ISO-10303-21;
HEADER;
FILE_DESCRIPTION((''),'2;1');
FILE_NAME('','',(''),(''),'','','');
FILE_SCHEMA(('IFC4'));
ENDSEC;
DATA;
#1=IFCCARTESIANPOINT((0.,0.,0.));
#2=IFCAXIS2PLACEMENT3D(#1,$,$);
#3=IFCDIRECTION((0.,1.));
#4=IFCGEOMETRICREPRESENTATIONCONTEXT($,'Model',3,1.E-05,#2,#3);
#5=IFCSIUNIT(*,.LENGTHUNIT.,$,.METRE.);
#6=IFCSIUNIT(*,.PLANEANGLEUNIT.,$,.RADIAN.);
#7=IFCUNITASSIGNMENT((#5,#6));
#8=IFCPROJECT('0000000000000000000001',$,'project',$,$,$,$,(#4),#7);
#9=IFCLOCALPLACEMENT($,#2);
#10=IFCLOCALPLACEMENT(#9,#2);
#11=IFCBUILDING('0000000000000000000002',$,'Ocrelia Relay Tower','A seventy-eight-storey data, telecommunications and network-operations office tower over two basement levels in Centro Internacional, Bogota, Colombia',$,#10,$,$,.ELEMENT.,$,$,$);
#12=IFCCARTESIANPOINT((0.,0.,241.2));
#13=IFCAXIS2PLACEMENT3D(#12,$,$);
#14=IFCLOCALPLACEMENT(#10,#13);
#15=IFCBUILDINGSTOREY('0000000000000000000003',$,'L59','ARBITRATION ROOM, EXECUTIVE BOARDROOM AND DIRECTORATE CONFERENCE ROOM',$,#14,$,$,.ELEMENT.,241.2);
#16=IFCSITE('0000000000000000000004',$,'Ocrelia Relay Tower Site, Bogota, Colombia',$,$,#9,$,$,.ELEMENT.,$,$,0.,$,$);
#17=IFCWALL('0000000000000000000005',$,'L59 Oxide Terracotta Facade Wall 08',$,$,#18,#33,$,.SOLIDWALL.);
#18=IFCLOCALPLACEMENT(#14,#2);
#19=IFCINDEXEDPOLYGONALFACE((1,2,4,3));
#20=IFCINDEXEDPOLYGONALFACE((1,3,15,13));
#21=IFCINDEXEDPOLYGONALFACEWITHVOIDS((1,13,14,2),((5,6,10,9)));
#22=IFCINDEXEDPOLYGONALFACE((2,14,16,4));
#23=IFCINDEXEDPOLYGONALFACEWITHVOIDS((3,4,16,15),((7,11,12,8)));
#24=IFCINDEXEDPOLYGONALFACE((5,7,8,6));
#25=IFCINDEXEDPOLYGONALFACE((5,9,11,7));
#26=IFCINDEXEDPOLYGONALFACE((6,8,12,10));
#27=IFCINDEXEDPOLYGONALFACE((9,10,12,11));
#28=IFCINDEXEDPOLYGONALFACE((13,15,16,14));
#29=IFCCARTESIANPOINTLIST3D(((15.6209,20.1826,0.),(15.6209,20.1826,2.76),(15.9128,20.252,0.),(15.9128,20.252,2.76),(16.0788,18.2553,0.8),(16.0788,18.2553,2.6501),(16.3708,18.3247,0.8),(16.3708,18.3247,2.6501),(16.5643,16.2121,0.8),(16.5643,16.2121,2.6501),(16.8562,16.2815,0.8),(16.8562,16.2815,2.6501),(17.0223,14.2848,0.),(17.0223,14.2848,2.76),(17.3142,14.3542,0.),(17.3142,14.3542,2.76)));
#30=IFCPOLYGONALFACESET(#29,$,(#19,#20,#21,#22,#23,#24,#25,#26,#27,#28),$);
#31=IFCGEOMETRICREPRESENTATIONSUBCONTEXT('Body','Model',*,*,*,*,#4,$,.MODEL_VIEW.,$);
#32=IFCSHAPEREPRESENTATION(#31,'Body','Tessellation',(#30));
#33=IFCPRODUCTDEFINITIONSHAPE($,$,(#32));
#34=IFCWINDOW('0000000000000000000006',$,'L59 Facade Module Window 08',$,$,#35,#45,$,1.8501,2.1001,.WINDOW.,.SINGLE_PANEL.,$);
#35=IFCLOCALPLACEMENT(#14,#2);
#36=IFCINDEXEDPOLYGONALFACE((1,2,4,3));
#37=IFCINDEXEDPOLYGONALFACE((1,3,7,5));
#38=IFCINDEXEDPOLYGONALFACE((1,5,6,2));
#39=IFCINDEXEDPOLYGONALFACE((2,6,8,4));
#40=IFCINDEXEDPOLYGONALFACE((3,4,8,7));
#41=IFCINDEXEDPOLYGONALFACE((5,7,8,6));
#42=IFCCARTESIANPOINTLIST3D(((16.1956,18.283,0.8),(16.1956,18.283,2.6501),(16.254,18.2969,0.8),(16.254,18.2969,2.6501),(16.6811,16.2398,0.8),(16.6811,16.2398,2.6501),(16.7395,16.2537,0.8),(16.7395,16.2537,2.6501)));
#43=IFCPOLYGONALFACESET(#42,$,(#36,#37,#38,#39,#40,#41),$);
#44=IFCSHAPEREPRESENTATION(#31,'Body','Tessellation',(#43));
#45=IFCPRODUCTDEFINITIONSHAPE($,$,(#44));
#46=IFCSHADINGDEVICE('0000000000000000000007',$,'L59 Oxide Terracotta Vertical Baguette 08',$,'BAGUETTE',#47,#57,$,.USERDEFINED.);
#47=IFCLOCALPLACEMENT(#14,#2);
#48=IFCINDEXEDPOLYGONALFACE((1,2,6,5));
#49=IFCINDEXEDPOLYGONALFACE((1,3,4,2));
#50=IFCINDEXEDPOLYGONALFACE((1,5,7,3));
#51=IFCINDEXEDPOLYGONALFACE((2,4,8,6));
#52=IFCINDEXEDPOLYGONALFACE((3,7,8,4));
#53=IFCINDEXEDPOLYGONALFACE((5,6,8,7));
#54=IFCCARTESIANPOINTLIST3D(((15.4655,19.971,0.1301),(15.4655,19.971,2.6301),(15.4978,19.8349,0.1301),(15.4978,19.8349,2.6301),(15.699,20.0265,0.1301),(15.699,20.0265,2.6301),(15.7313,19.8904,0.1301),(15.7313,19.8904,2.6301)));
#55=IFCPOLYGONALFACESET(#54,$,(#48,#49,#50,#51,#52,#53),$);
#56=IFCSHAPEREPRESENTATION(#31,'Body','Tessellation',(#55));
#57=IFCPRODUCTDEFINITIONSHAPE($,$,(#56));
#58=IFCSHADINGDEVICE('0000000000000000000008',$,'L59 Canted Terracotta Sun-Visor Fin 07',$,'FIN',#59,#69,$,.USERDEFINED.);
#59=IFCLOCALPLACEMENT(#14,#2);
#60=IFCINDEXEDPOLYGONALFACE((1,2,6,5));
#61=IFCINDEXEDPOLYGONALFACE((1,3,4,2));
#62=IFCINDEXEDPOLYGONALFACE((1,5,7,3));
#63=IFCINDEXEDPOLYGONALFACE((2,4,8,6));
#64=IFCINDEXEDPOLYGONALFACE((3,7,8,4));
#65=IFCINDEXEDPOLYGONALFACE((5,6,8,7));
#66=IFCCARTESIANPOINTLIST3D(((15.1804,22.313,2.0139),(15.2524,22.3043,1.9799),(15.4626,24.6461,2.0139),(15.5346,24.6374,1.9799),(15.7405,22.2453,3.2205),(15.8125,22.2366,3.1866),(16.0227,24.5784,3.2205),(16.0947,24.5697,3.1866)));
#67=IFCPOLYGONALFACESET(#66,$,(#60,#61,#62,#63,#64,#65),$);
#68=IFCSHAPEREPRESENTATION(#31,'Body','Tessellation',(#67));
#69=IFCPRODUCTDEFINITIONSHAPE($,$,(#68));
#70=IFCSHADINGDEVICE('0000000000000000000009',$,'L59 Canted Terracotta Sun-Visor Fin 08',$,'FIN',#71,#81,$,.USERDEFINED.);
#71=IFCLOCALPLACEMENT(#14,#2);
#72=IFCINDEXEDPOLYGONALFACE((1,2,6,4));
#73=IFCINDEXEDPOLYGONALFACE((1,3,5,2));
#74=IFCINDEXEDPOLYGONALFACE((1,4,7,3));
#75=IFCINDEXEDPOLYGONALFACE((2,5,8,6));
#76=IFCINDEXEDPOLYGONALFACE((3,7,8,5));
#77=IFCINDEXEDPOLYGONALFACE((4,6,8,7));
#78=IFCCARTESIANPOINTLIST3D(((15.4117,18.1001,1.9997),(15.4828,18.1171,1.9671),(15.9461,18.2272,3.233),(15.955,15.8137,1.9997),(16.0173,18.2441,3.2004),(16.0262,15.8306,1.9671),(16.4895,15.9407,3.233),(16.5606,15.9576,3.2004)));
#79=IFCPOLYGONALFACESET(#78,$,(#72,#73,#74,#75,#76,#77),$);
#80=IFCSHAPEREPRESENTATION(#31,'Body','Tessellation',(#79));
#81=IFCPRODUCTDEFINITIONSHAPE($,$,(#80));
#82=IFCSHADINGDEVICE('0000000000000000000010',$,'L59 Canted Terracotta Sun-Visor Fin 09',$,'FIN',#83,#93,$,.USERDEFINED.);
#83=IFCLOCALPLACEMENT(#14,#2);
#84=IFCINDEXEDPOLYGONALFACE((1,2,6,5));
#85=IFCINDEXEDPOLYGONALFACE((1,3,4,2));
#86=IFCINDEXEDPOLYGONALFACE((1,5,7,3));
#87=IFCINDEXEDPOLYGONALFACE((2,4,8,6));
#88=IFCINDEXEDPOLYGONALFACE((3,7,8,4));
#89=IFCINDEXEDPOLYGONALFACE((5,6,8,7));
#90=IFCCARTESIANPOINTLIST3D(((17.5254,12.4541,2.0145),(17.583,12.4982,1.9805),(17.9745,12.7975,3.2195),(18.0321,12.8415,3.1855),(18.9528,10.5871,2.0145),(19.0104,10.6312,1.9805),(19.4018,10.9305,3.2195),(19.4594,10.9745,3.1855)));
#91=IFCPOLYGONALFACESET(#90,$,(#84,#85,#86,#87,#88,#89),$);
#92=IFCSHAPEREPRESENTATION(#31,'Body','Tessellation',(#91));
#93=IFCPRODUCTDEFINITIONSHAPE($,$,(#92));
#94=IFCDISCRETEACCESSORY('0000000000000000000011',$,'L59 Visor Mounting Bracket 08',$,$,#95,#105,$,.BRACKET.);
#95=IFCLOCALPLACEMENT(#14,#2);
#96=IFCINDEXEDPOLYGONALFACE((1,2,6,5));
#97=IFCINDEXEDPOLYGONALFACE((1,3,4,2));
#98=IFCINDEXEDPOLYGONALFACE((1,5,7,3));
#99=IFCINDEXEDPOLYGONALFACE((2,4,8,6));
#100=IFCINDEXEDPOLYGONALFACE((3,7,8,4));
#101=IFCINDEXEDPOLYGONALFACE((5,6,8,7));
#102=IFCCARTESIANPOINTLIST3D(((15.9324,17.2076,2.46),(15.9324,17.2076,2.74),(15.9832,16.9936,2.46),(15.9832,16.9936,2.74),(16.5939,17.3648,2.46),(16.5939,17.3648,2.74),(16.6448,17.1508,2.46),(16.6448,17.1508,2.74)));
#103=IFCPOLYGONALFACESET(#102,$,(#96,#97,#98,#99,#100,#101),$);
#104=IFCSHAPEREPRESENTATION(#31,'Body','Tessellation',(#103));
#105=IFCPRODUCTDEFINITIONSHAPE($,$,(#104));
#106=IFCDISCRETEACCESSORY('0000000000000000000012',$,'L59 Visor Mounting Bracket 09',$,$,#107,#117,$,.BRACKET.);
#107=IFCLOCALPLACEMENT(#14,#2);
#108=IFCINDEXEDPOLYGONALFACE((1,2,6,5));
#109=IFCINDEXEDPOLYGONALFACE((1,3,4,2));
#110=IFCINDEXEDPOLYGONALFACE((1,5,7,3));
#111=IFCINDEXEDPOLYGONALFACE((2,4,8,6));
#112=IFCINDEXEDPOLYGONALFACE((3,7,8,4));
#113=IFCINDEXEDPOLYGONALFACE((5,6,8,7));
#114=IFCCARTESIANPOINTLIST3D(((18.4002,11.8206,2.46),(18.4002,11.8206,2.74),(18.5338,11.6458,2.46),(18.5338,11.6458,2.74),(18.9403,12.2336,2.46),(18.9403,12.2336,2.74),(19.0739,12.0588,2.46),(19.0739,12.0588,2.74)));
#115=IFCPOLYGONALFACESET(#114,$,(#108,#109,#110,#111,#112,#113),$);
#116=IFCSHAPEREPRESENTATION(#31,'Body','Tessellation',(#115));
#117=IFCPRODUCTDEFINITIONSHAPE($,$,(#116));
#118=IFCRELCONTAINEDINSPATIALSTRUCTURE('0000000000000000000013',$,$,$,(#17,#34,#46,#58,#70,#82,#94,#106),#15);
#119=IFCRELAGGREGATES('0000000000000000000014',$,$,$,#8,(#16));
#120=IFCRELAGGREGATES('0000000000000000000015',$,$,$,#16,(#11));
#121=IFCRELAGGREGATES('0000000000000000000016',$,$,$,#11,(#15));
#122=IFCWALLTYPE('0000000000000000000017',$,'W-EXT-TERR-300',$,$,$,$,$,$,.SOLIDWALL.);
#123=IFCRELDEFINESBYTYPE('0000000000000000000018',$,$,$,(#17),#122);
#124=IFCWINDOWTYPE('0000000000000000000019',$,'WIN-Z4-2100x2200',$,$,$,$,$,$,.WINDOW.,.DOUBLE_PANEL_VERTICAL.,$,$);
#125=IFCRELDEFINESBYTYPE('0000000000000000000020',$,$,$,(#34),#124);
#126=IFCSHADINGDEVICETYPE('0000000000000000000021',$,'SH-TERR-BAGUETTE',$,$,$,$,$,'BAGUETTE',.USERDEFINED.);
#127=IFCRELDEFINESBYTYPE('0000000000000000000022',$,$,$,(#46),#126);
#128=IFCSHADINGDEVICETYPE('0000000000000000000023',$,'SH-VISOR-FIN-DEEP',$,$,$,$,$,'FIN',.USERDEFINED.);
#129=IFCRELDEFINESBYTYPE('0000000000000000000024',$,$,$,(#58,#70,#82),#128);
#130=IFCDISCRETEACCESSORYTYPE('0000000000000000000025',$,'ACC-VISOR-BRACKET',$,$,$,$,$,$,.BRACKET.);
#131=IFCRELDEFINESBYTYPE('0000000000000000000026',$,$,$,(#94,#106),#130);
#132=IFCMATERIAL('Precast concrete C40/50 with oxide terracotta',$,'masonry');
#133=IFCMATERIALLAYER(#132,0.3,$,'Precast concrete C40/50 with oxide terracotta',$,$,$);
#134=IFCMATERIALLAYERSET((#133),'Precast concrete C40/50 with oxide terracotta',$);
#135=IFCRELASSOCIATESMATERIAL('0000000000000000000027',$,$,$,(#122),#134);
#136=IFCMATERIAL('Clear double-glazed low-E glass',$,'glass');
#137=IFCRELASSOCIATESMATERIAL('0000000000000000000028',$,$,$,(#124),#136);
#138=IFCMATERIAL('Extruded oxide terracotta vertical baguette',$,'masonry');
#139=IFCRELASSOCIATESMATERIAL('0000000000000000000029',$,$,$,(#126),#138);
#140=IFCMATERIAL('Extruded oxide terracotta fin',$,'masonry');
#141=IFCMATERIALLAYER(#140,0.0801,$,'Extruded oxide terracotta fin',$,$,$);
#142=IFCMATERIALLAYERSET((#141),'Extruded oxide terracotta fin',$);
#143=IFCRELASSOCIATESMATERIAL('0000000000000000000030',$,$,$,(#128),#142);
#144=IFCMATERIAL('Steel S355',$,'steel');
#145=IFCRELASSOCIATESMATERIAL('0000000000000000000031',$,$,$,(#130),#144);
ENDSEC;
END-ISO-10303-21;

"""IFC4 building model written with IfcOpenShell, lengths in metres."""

from ifc_helpers import new_model, si_unit, direction, frame, frame_2d, origin, origin_2d, place, context, subcontext, project, spatial, rectangle, extrude, material, layer, layer_set, type_object, element, fill, save


model = new_model("IFC4")

# Units and contexts
model_context = context("Model", 3, precision=1e-05, world=origin(), true_north=direction((0.0, 1.0)))
body_context = subcontext(model_context, "Body", "Model", "MODEL_VIEW")
ifc_project = project(units=[si_unit("LENGTHUNIT", "METRE"), si_unit("PLANEANGLEUNIT", "RADIAN")], contexts=[model_context])

# Site, building, storey
site_placement = place(None, origin())
site = spatial("IfcSite", under=ifc_project, at=site_placement, Name="Ocrelia Relay Tower Site, Bogota, Colombia", CompositionType="ELEMENT", RefElevation=0.0)
building_placement = place(site_placement, origin())
building = spatial("IfcBuilding", under=site, at=building_placement, Name="Ocrelia Relay Tower", Description="A seventy-eight-storey data, telecommunications and network-operations office tower over two basement levels in Centro Internacional, Bogota, Colombia", CompositionType="ELEMENT")
storey_placement = place(building_placement, frame((0.0, 0.0, 241.2)))
storey = spatial("IfcBuildingStorey", under=building, at=storey_placement, Name="L59", Description="ARBITRATION ROOM, EXECUTIVE BOARDROOM AND DIRECTORATE CONFERENCE ROOM", CompositionType="ELEMENT", Elevation=241.2)

# Shared definitions
ifc_material_1 = material(Name="Steel S355", Category="steel")

# Shared definitions
ifc_material_2 = material(Name="Clear double-glazed low-E glass", Category="glass")

# Wall, opening, window
ifc_material_3 = material(Name="Precast concrete C40/50 with oxide terracotta", Category="masonry")
ifc_layer_1 = layer(ifc_material_3, 0.3, Name="Precast concrete C40/50 with oxide terracotta")
ifc_layer_set_1 = layer_set([ifc_layer_1], Name="Precast concrete C40/50 with oxide terracotta")
wall_type = type_object("IfcWallType", Name="W-EXT-TERR-300", PredefinedType="SOLIDWALL", material=ifc_layer_set_1)
wall_placement = place(storey_placement, frame((15.7668, 20.2173, 0.0), z_axis=(0.0, 0.0, 1.0), x_axis=(0.231176, -0.972912, 0.0)))
wall = element("IfcWall", 1, at=wall_placement, inside=storey, type_object=wall_type, Name="L59 Oxide Terracotta Facade Wall 08", PredefinedType="SOLIDWALL", context=body_context, shape_type="SweptSolid", body=[
    extrude(rectangle(XDim=6.062, YDim=0.3, at=frame_2d((3.031, 0.0))), origin(), (0.0, 0.0, 1.0), 2.76),
])
opening_placement = place(wall_placement, frame((1.981, 0.0, 0.8)))
opening = element("IfcOpeningElement", 2, at=opening_placement, cuts=wall, PredefinedType="OPENING", context=body_context, shape_type="SweptSolid", body=[
    extrude(rectangle(XDim=2.1001, YDim=1.8501, at=frame_2d((1.05, 0.925))), frame((0.0, 0.1602, 0.0), z_axis=(0.0, -1.0, 0.0), x_axis=(1.0, 0.0, 0.0)), (0.0, 0.0, 1.0), 0.3201),
])
window_type = type_object("IfcWindowType", Name="WIN-Z4-2100x2200", PartitioningType="DOUBLE_PANEL_VERTICAL", PredefinedType="WINDOW", material=ifc_material_2)
window_placement = place(opening_placement, origin())
window = element("IfcWindow", 3, at=window_placement, inside=storey, type_object=window_type, Name="L59 Facade Module Window 08", OverallHeight=1.8501, OverallWidth=2.1001, PartitioningType="SINGLE_PANEL", PredefinedType="WINDOW", context=body_context, shape_type="SweptSolid", body=[
    extrude(rectangle(XDim=2.1001, YDim=1.8501, at=frame_2d((1.05, 0.925))), frame((0.0, 0.03, 0.0), z_axis=(0.0, -1.0, 0.0), x_axis=(1.0, 0.0, 0.0)), (0.0, 0.0, 1.0), 0.0601),
])
fill(opening, window)

# Shading devices
ifc_material_4 = material(Name="Extruded oxide terracotta vertical baguette", Category="masonry")
shading_device_type_1 = type_object("IfcShadingDeviceType", Name="SH-TERR-BAGUETTE", ElementType="BAGUETTE", PredefinedType="USERDEFINED", material=ifc_material_4)
shading_device_1_placement = place(storey_placement, frame((15.5984, 19.9307, 0.1301), z_axis=(0.0, 0.0, 1.0), x_axis=(0.2312, -0.972906, 0.0)))
element("IfcShadingDevice", 4, at=shading_device_1_placement, inside=storey, type_object=shading_device_type_1, Name="L59 Oxide Terracotta Vertical Baguette 08", ObjectType="BAGUETTE", PredefinedType="USERDEFINED", context=body_context, shape_type="SweptSolid", body=[
    extrude(rectangle(XDim=0.1399, YDim=0.24, at=origin_2d()), origin(), (0.0, 0.0, 1.0), 2.5),
])
ifc_material_5 = material(Name="Extruded oxide terracotta fin", Category="masonry")
ifc_layer_2 = layer(ifc_material_5, 0.0801, Name="Extruded oxide terracotta fin")
ifc_layer_set_2 = layer_set([ifc_layer_2], Name="Extruded oxide terracotta fin")
shading_device_type_2 = type_object("IfcShadingDeviceType", Name="SH-VISOR-FIN-DEEP", ElementType="FIN", PredefinedType="USERDEFINED", material=ifc_layer_set_2)
shading_device_2_placement = place(storey_placement, frame((15.6736, 23.437, 2.5833), z_axis=(-0.89931, 0.108775, 0.423567), x_axis=(-0.120078, -0.992764, 0.0)))
element("IfcShadingDevice", 5, at=shading_device_2_placement, inside=storey, type_object=shading_device_type_2, Name="L59 Canted Terracotta Sun-Visor Fin 07", ObjectType="FIN", PredefinedType="USERDEFINED", context=body_context, shape_type="SweptSolid", body=[
    extrude(rectangle(XDim=2.3501, YDim=1.332, at=origin_2d()), origin(), (0.0, 0.0, 1.0), 0.0801),
])
shading_device_3_placement = place(storey_placement, frame((16.0217, 17.0374, 2.5837), z_axis=(-0.888725, -0.211196, 0.406896), x_axis=(0.2312, -0.972906, 0.0)))
element("IfcShadingDevice", 6, at=shading_device_3_placement, inside=storey, type_object=shading_device_type_2, Name="L59 Canted Terracotta Sun-Visor Fin 08", ObjectType="FIN", PredefinedType="USERDEFINED", context=body_context, shape_type="SweptSolid", body=[
    extrude(rectangle(XDim=2.3501, YDim=1.3501, at=origin_2d()), origin(), (0.0, 0.0, 1.0), 0.0801),
])
shading_device_4_placement = place(storey_placement, frame((18.5212, 11.7363, 2.583), z_axis=(-0.71924, -0.549861, 0.424674), x_axis=(0.607348, -0.794436, 0.0)))
element("IfcShadingDevice", 7, at=shading_device_4_placement, inside=storey, type_object=shading_device_type_2, Name="L59 Canted Terracotta Sun-Visor Fin 09", ObjectType="FIN", PredefinedType="USERDEFINED", context=body_context, shape_type="SweptSolid", body=[
    extrude(rectangle(XDim=2.3501, YDim=1.3311, at=origin_2d()), origin(), (0.0, 0.0, 1.0), 0.0801),
])

# Discrete accessories
discrete_accessory_type = type_object("IfcDiscreteAccessoryType", Name="ACC-VISOR-BRACKET", PredefinedType="BRACKET", material=ifc_material_1)
for number, where, z_axis, x_axis, name in (
    (8, (16.2886, 17.1792, 2.46), (0.0, 0.0, 1.0), (0.2312, -0.972906, 0.0), "L59 Visor Mounting Bracket 08"),
    (9, (18.7371, 11.9397, 2.46), (0.0, 0.0, 1.0), (0.607348, -0.794436, 0.0), "L59 Visor Mounting Bracket 09"),
):
    element("IfcDiscreteAccessory", number, at=place(storey_placement, frame(where, z_axis=z_axis, x_axis=x_axis)), inside=storey, type_object=discrete_accessory_type, Name=name, PredefinedType="BRACKET", context=body_context, shape_type="SweptSolid", body=[
        extrude(rectangle(XDim=0.22, YDim=0.6799, at=origin_2d()), origin(), (0.0, 0.0, 1.0), 0.28),
    ])

save(model, "model.ifc")
